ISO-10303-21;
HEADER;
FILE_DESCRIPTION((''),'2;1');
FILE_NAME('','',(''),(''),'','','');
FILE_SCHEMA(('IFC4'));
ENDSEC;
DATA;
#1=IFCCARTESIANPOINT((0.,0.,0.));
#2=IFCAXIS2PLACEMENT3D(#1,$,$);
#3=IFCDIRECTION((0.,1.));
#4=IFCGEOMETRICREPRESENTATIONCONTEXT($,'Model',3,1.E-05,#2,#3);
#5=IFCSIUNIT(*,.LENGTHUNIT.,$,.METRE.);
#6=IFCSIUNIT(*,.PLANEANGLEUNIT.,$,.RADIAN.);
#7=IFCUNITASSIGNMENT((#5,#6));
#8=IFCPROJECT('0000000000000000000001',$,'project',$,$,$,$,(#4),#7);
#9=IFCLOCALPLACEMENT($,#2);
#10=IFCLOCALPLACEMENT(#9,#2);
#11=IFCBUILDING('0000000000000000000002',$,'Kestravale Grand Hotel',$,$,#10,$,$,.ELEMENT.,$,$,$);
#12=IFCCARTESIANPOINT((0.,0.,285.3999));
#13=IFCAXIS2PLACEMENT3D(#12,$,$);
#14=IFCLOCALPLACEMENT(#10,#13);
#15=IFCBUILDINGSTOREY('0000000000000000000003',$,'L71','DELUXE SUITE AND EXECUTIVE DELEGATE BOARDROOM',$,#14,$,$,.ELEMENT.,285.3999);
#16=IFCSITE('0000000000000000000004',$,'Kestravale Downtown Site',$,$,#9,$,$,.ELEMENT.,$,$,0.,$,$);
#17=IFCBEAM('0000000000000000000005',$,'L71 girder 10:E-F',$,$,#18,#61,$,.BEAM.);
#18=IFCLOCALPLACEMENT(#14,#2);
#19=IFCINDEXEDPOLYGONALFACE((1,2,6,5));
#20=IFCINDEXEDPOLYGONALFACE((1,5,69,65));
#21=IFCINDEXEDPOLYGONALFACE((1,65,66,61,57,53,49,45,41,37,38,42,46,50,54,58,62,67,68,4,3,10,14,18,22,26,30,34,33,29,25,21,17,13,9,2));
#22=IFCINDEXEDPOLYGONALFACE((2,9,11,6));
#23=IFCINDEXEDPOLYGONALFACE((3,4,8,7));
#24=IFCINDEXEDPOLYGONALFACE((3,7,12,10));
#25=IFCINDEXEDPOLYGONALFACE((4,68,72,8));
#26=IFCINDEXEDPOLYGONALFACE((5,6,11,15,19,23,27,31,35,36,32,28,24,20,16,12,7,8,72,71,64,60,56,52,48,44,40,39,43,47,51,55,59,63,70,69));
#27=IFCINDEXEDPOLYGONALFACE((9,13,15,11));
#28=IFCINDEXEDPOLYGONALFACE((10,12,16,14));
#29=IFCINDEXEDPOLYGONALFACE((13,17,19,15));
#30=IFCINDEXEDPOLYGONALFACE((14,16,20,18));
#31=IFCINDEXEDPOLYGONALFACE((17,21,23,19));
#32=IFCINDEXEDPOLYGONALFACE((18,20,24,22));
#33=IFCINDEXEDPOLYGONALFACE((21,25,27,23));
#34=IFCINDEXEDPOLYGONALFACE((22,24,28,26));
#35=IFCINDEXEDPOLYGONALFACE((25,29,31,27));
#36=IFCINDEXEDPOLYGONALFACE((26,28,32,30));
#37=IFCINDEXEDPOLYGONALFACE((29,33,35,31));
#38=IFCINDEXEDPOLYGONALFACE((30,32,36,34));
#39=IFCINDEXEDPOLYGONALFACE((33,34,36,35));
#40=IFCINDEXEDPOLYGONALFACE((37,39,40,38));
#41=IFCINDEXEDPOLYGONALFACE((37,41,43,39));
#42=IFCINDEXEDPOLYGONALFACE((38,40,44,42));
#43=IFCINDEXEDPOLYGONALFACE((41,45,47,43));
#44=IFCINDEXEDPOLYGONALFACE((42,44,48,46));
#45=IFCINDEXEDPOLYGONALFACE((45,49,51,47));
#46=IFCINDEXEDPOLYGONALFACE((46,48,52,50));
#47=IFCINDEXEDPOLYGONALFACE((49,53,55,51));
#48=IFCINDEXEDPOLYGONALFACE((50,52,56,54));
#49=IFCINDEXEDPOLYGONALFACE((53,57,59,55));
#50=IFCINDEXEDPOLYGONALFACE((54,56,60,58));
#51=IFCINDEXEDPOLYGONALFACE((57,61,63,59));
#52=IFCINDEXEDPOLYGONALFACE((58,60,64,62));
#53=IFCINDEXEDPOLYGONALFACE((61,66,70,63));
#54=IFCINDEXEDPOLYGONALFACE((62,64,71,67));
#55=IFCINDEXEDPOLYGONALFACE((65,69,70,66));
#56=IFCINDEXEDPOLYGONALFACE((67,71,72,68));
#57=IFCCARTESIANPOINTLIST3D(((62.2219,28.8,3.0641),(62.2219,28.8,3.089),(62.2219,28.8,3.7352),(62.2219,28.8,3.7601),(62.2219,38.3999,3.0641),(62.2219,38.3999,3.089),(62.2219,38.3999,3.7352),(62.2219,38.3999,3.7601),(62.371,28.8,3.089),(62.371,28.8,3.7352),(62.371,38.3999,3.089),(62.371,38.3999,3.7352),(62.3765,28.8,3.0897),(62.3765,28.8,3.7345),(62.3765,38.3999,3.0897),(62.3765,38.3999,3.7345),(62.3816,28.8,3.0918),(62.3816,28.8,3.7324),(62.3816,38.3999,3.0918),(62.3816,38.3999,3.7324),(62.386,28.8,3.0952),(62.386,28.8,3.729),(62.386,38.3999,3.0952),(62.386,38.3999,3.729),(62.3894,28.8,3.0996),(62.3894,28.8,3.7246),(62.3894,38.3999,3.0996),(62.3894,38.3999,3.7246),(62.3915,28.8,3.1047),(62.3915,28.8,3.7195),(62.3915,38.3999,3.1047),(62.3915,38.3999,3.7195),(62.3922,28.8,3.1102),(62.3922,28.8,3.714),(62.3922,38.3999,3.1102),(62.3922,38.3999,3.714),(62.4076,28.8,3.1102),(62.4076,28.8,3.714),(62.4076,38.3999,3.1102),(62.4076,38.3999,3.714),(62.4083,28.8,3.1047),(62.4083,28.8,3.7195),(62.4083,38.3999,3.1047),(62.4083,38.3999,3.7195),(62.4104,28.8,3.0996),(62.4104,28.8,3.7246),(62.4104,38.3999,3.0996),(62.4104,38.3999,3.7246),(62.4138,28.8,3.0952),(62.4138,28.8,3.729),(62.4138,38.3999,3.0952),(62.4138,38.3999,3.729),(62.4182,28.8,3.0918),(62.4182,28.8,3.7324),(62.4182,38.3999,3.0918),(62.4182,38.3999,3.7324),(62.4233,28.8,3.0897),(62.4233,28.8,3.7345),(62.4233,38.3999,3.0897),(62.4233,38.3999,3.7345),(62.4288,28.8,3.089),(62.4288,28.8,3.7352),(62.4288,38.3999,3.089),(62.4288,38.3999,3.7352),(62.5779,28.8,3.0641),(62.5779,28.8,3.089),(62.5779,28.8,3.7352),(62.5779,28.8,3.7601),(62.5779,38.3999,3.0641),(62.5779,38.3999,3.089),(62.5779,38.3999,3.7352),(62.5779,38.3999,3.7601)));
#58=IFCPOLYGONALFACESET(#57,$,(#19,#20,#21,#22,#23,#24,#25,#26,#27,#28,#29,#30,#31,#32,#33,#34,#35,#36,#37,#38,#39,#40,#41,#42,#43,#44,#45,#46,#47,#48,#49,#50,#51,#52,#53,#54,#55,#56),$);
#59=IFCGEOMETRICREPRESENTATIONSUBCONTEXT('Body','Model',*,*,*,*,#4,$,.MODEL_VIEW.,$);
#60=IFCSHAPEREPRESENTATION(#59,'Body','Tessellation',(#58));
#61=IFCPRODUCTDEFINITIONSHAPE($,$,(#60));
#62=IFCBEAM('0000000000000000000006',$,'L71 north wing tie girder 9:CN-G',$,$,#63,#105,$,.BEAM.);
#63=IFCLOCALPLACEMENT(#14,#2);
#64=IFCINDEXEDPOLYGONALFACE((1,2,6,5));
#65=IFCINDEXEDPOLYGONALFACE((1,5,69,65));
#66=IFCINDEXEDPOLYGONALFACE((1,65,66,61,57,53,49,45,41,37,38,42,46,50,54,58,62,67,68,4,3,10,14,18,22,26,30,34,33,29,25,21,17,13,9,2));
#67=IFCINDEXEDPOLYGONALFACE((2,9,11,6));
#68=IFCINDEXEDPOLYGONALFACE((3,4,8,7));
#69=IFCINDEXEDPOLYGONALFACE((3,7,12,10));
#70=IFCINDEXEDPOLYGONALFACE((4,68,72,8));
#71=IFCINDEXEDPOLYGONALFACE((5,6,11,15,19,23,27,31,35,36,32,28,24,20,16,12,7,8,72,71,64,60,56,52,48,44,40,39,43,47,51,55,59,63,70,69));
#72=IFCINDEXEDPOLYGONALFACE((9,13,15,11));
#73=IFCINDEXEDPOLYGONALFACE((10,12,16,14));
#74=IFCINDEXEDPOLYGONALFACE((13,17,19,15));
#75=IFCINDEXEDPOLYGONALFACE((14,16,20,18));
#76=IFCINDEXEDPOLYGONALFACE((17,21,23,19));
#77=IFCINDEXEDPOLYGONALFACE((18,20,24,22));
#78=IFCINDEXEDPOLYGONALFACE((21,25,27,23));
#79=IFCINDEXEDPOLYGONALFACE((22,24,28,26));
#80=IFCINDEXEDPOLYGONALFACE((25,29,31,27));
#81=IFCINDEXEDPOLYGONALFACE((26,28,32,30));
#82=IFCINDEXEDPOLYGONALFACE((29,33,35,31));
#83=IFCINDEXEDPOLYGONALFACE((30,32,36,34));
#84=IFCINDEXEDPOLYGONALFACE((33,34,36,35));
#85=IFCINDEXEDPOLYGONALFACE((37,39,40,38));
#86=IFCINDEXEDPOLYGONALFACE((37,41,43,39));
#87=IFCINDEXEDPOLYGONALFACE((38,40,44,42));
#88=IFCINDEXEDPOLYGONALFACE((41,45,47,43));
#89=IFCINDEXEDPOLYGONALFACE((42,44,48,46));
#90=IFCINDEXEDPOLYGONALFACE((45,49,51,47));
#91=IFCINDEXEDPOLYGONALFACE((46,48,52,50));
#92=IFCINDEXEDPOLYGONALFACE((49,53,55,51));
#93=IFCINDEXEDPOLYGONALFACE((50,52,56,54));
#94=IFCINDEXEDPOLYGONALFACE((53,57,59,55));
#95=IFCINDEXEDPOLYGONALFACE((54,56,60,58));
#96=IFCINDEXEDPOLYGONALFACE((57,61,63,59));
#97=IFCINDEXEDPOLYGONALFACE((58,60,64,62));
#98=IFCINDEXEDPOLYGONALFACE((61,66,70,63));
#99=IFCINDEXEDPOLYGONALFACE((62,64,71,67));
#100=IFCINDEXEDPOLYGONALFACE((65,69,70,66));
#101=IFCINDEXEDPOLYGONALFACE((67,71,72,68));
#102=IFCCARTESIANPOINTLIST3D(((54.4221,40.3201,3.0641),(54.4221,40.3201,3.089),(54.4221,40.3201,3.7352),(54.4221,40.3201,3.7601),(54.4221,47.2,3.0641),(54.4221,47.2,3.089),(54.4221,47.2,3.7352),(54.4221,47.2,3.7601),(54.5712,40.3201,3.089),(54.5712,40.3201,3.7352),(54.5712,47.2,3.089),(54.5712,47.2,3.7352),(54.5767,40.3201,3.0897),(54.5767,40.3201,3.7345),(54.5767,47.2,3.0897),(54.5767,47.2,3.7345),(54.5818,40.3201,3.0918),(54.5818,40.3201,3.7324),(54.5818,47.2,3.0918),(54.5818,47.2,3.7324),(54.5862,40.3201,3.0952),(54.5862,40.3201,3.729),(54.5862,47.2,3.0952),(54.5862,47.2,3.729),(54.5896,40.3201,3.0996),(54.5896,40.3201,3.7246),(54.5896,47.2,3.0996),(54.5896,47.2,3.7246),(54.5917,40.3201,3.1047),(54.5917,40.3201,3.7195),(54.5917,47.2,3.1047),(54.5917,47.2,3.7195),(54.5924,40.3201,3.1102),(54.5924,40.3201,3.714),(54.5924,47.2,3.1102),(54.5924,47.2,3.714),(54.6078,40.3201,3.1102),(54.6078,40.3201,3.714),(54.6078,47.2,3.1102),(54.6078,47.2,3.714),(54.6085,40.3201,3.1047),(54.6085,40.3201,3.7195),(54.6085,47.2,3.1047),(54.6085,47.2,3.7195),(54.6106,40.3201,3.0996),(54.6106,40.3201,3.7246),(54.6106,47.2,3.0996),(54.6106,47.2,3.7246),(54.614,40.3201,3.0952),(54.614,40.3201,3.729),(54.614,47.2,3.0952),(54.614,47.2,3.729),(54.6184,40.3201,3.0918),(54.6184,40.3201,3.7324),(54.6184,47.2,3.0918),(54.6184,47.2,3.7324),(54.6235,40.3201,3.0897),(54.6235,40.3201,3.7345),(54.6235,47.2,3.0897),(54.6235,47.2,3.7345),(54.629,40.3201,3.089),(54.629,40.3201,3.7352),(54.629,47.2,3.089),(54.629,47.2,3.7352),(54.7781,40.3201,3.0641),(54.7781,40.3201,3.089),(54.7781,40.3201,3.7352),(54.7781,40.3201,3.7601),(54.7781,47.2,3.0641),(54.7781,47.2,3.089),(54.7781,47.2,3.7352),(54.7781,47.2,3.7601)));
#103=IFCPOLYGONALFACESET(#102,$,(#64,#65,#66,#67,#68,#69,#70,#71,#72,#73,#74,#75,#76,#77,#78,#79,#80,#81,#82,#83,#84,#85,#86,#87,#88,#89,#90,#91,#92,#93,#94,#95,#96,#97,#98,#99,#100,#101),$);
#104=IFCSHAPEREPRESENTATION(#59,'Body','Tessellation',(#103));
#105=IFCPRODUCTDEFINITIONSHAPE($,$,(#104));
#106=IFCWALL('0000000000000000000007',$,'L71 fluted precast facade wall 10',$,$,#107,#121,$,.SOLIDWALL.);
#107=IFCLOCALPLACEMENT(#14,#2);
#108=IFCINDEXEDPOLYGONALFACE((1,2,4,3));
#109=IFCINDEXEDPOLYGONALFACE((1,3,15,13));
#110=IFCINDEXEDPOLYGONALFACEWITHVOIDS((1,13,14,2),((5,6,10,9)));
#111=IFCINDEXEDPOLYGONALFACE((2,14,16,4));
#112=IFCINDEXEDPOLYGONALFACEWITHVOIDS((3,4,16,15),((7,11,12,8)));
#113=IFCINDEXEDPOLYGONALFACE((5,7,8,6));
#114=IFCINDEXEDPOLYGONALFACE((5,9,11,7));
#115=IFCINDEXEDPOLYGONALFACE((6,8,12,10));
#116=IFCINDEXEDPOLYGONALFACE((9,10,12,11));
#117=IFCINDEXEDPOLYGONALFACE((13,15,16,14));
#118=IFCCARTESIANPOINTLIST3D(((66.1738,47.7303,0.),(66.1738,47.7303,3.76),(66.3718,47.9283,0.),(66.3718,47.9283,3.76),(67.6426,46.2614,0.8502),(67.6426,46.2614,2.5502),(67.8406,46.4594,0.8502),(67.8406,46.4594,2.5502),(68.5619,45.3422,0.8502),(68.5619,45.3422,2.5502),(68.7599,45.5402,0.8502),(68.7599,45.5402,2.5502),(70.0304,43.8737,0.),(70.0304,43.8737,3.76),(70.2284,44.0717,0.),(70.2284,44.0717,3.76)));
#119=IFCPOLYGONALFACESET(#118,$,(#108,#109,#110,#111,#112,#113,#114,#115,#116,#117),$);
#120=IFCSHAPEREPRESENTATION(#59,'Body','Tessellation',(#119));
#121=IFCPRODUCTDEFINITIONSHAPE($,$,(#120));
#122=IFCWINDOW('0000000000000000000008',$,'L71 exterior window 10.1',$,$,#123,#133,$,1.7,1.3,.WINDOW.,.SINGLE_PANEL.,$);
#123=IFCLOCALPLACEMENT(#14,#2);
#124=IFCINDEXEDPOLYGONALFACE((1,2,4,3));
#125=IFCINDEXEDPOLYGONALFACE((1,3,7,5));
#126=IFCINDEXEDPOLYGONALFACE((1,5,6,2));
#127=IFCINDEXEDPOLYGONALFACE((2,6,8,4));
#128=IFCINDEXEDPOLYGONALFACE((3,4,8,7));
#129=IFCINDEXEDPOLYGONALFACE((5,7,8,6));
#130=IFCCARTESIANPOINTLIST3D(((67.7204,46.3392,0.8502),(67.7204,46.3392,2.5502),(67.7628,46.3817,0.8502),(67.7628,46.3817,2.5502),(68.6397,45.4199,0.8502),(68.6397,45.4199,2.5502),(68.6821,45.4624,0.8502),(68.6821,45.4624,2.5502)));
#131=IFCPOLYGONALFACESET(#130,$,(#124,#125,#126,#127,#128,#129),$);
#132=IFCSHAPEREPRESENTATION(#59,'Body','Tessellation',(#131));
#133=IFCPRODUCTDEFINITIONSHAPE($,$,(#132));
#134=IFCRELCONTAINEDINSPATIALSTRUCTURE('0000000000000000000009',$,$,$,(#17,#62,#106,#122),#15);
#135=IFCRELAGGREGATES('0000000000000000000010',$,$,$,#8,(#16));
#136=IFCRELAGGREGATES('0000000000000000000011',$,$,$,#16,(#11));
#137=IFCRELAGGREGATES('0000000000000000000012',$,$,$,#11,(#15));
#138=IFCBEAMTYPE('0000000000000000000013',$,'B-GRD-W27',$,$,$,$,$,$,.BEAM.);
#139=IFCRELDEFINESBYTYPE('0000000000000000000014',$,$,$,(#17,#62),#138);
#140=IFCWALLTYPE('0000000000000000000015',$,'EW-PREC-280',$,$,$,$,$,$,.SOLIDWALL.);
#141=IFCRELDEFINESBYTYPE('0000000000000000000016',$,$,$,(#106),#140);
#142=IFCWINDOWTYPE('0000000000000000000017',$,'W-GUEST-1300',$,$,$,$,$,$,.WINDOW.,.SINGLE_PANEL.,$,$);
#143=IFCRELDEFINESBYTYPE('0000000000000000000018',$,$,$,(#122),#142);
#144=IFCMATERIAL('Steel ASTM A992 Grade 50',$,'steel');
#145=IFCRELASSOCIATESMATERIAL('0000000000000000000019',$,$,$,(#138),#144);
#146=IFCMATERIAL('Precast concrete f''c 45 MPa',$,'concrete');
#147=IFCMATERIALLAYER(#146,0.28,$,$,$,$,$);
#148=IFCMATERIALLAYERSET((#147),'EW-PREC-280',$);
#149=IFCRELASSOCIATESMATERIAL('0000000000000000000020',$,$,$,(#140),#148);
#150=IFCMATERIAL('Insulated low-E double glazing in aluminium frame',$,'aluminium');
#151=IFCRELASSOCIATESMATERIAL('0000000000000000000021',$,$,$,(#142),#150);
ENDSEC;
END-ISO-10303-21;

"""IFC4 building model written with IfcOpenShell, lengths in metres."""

from ifc_helpers import new_model, si_unit, direction, frame, frame_2d, origin, origin_2d, place, context, subcontext, project, spatial, rectangle, i_section, extrude, material, layer, layer_set, material_profile, profile_set, type_object, element, fill, save


model = new_model("IFC4")

# Units and contexts
model_context = context("Model", 3, precision=1e-05, world=origin(), true_north=direction((0.0, 1.0)))
body_context = subcontext(model_context, "Body", "Model", "MODEL_VIEW")
ifc_project = project(units=[si_unit("LENGTHUNIT", "METRE"), si_unit("PLANEANGLEUNIT", "RADIAN")], contexts=[model_context])

# Site, building, storey
site_placement = place(None, origin())
site = spatial("IfcSite", under=ifc_project, at=site_placement, Name="Kestravale Downtown Site", CompositionType="ELEMENT", RefElevation=0.0)
building_placement = place(site_placement, origin())
building = spatial("IfcBuilding", under=site, at=building_placement, Name="Kestravale Grand Hotel", CompositionType="ELEMENT")
storey_placement = place(building_placement, frame((0.0, 0.0, 285.3999)))
storey = spatial("IfcBuildingStorey", under=building, at=storey_placement, Name="L71", Description="DELUXE SUITE AND EXECUTIVE DELEGATE BOARDROOM", CompositionType="ELEMENT", Elevation=285.3999)

# Beams
ifc_material_1 = material(Name="Steel ASTM A992 Grade 50", Category="steel")
ifc_material_profile_1 = material_profile(ifc_material_1, i_section(OverallWidth=0.356, OverallDepth=0.696, WebThickness=0.0154, FlangeThickness=0.0249, FilletRadius=0.0212, at=origin_2d()))
ifc_profile_set_1 = profile_set([ifc_material_profile_1], Name="Steel ASTM A992 Grade 50")
beam_type = type_object("IfcBeamType", Name="B-GRD-W27", PredefinedType="BEAM", material=ifc_profile_set_1)
beam_1_placement = place(storey_placement, frame((62.3999, 28.8, 3.4121), z_axis=(0.0, 1.0, 0.0), x_axis=(-1.0, 0.0, 0.0)))
element("IfcBeam", 1, at=beam_1_placement, inside=storey, type_object=beam_type, Name="L71 girder 10:E-F", PredefinedType="BEAM", context=body_context, shape_type="SweptSolid", body=[
    extrude(i_section(OverallWidth=0.356, OverallDepth=0.696, WebThickness=0.0154, FlangeThickness=0.0249, FilletRadius=0.0212, at=origin_2d()), origin(), (0.0, 0.0, 1.0), 9.5999),
])
beam_2_placement = place(storey_placement, frame((54.6001, 40.3201, 3.4121), z_axis=(0.0, 1.0, 0.0), x_axis=(-1.0, 0.0, 0.0)))
element("IfcBeam", 2, at=beam_2_placement, inside=storey, type_object=beam_type, Name="L71 north wing tie girder 9:CN-G", PredefinedType="BEAM", context=body_context, shape_type="SweptSolid", body=[
    extrude(i_section(OverallWidth=0.356, OverallDepth=0.696, WebThickness=0.0154, FlangeThickness=0.0249, FilletRadius=0.0212, at=origin_2d()), origin(), (0.0, 0.0, 1.0), 6.8799),
])

# Wall, opening, window
ifc_material_2 = material(Name="Precast concrete f'c 45 MPa", Category="concrete")
ifc_layer_1 = layer(ifc_material_2, 0.28)
ifc_layer_set_1 = layer_set([ifc_layer_1], Name="EW-PREC-280")
wall_type_1 = type_object("IfcWallType", Name="EW-PREC-280", PredefinedType="SOLIDWALL", material=ifc_layer_set_1)
wall_1_placement = place(storey_placement, frame((70.1294, 43.9727, 0.0), z_axis=(0.0, 0.0, 1.0), x_axis=(-0.707107, 0.707107, 0.0)))
wall_1 = element("IfcWall", 3, at=wall_1_placement, inside=storey, type_object=wall_type_1, Name="L71 fluted precast facade wall 10", PredefinedType="SOLIDWALL", context=body_context, shape_type="SweptSolid", body=[
    extrude(rectangle(XDim=5.4541, YDim=0.28, at=frame_2d((2.7271, 0.0))), origin(), (0.0, 0.0, 1.0), 3.76),
])
opening_1_placement = place(wall_1_placement, frame((2.0769, 0.0, 0.8501)))
opening_1 = element("IfcOpeningElement", 4, at=opening_1_placement, cuts=wall_1, PredefinedType="OPENING", context=body_context, shape_type="SweptSolid", body=[
    extrude(rectangle(XDim=1.3, YDim=1.7, at=frame_2d((0.6499, 0.8501))), frame((0.0, 0.1499, 0.0), z_axis=(0.0, -1.0, 0.0), x_axis=(1.0, 0.0, 0.0)), (0.0, 0.0, 1.0), 0.3),
])
ifc_material_3 = material(Name="Insulated low-E double glazing in aluminium frame", Category="aluminium")
window_type = type_object("IfcWindowType", Name="W-GUEST-1300", PartitioningType="SINGLE_PANEL", PredefinedType="WINDOW", material=ifc_material_3)
window_1_placement = place(opening_1_placement, origin())
window_1 = element("IfcWindow", 5, at=window_1_placement, inside=storey, type_object=window_type, Name="L71 exterior window 10.1", OverallHeight=1.7, OverallWidth=1.3, PartitioningType="SINGLE_PANEL", PredefinedType="WINDOW", context=body_context, shape_type="SweptSolid", body=[
    extrude(rectangle(XDim=1.3, YDim=1.7, at=frame_2d((0.6499, 0.8501))), frame((0.0, 0.03, 0.0), z_axis=(0.0, -1.0, 0.0), x_axis=(1.0, 0.0, 0.0)), (0.0, 0.0, 1.0), 0.0601),
])
fill(opening_1, window_1)

save(model, "model.ifc")
